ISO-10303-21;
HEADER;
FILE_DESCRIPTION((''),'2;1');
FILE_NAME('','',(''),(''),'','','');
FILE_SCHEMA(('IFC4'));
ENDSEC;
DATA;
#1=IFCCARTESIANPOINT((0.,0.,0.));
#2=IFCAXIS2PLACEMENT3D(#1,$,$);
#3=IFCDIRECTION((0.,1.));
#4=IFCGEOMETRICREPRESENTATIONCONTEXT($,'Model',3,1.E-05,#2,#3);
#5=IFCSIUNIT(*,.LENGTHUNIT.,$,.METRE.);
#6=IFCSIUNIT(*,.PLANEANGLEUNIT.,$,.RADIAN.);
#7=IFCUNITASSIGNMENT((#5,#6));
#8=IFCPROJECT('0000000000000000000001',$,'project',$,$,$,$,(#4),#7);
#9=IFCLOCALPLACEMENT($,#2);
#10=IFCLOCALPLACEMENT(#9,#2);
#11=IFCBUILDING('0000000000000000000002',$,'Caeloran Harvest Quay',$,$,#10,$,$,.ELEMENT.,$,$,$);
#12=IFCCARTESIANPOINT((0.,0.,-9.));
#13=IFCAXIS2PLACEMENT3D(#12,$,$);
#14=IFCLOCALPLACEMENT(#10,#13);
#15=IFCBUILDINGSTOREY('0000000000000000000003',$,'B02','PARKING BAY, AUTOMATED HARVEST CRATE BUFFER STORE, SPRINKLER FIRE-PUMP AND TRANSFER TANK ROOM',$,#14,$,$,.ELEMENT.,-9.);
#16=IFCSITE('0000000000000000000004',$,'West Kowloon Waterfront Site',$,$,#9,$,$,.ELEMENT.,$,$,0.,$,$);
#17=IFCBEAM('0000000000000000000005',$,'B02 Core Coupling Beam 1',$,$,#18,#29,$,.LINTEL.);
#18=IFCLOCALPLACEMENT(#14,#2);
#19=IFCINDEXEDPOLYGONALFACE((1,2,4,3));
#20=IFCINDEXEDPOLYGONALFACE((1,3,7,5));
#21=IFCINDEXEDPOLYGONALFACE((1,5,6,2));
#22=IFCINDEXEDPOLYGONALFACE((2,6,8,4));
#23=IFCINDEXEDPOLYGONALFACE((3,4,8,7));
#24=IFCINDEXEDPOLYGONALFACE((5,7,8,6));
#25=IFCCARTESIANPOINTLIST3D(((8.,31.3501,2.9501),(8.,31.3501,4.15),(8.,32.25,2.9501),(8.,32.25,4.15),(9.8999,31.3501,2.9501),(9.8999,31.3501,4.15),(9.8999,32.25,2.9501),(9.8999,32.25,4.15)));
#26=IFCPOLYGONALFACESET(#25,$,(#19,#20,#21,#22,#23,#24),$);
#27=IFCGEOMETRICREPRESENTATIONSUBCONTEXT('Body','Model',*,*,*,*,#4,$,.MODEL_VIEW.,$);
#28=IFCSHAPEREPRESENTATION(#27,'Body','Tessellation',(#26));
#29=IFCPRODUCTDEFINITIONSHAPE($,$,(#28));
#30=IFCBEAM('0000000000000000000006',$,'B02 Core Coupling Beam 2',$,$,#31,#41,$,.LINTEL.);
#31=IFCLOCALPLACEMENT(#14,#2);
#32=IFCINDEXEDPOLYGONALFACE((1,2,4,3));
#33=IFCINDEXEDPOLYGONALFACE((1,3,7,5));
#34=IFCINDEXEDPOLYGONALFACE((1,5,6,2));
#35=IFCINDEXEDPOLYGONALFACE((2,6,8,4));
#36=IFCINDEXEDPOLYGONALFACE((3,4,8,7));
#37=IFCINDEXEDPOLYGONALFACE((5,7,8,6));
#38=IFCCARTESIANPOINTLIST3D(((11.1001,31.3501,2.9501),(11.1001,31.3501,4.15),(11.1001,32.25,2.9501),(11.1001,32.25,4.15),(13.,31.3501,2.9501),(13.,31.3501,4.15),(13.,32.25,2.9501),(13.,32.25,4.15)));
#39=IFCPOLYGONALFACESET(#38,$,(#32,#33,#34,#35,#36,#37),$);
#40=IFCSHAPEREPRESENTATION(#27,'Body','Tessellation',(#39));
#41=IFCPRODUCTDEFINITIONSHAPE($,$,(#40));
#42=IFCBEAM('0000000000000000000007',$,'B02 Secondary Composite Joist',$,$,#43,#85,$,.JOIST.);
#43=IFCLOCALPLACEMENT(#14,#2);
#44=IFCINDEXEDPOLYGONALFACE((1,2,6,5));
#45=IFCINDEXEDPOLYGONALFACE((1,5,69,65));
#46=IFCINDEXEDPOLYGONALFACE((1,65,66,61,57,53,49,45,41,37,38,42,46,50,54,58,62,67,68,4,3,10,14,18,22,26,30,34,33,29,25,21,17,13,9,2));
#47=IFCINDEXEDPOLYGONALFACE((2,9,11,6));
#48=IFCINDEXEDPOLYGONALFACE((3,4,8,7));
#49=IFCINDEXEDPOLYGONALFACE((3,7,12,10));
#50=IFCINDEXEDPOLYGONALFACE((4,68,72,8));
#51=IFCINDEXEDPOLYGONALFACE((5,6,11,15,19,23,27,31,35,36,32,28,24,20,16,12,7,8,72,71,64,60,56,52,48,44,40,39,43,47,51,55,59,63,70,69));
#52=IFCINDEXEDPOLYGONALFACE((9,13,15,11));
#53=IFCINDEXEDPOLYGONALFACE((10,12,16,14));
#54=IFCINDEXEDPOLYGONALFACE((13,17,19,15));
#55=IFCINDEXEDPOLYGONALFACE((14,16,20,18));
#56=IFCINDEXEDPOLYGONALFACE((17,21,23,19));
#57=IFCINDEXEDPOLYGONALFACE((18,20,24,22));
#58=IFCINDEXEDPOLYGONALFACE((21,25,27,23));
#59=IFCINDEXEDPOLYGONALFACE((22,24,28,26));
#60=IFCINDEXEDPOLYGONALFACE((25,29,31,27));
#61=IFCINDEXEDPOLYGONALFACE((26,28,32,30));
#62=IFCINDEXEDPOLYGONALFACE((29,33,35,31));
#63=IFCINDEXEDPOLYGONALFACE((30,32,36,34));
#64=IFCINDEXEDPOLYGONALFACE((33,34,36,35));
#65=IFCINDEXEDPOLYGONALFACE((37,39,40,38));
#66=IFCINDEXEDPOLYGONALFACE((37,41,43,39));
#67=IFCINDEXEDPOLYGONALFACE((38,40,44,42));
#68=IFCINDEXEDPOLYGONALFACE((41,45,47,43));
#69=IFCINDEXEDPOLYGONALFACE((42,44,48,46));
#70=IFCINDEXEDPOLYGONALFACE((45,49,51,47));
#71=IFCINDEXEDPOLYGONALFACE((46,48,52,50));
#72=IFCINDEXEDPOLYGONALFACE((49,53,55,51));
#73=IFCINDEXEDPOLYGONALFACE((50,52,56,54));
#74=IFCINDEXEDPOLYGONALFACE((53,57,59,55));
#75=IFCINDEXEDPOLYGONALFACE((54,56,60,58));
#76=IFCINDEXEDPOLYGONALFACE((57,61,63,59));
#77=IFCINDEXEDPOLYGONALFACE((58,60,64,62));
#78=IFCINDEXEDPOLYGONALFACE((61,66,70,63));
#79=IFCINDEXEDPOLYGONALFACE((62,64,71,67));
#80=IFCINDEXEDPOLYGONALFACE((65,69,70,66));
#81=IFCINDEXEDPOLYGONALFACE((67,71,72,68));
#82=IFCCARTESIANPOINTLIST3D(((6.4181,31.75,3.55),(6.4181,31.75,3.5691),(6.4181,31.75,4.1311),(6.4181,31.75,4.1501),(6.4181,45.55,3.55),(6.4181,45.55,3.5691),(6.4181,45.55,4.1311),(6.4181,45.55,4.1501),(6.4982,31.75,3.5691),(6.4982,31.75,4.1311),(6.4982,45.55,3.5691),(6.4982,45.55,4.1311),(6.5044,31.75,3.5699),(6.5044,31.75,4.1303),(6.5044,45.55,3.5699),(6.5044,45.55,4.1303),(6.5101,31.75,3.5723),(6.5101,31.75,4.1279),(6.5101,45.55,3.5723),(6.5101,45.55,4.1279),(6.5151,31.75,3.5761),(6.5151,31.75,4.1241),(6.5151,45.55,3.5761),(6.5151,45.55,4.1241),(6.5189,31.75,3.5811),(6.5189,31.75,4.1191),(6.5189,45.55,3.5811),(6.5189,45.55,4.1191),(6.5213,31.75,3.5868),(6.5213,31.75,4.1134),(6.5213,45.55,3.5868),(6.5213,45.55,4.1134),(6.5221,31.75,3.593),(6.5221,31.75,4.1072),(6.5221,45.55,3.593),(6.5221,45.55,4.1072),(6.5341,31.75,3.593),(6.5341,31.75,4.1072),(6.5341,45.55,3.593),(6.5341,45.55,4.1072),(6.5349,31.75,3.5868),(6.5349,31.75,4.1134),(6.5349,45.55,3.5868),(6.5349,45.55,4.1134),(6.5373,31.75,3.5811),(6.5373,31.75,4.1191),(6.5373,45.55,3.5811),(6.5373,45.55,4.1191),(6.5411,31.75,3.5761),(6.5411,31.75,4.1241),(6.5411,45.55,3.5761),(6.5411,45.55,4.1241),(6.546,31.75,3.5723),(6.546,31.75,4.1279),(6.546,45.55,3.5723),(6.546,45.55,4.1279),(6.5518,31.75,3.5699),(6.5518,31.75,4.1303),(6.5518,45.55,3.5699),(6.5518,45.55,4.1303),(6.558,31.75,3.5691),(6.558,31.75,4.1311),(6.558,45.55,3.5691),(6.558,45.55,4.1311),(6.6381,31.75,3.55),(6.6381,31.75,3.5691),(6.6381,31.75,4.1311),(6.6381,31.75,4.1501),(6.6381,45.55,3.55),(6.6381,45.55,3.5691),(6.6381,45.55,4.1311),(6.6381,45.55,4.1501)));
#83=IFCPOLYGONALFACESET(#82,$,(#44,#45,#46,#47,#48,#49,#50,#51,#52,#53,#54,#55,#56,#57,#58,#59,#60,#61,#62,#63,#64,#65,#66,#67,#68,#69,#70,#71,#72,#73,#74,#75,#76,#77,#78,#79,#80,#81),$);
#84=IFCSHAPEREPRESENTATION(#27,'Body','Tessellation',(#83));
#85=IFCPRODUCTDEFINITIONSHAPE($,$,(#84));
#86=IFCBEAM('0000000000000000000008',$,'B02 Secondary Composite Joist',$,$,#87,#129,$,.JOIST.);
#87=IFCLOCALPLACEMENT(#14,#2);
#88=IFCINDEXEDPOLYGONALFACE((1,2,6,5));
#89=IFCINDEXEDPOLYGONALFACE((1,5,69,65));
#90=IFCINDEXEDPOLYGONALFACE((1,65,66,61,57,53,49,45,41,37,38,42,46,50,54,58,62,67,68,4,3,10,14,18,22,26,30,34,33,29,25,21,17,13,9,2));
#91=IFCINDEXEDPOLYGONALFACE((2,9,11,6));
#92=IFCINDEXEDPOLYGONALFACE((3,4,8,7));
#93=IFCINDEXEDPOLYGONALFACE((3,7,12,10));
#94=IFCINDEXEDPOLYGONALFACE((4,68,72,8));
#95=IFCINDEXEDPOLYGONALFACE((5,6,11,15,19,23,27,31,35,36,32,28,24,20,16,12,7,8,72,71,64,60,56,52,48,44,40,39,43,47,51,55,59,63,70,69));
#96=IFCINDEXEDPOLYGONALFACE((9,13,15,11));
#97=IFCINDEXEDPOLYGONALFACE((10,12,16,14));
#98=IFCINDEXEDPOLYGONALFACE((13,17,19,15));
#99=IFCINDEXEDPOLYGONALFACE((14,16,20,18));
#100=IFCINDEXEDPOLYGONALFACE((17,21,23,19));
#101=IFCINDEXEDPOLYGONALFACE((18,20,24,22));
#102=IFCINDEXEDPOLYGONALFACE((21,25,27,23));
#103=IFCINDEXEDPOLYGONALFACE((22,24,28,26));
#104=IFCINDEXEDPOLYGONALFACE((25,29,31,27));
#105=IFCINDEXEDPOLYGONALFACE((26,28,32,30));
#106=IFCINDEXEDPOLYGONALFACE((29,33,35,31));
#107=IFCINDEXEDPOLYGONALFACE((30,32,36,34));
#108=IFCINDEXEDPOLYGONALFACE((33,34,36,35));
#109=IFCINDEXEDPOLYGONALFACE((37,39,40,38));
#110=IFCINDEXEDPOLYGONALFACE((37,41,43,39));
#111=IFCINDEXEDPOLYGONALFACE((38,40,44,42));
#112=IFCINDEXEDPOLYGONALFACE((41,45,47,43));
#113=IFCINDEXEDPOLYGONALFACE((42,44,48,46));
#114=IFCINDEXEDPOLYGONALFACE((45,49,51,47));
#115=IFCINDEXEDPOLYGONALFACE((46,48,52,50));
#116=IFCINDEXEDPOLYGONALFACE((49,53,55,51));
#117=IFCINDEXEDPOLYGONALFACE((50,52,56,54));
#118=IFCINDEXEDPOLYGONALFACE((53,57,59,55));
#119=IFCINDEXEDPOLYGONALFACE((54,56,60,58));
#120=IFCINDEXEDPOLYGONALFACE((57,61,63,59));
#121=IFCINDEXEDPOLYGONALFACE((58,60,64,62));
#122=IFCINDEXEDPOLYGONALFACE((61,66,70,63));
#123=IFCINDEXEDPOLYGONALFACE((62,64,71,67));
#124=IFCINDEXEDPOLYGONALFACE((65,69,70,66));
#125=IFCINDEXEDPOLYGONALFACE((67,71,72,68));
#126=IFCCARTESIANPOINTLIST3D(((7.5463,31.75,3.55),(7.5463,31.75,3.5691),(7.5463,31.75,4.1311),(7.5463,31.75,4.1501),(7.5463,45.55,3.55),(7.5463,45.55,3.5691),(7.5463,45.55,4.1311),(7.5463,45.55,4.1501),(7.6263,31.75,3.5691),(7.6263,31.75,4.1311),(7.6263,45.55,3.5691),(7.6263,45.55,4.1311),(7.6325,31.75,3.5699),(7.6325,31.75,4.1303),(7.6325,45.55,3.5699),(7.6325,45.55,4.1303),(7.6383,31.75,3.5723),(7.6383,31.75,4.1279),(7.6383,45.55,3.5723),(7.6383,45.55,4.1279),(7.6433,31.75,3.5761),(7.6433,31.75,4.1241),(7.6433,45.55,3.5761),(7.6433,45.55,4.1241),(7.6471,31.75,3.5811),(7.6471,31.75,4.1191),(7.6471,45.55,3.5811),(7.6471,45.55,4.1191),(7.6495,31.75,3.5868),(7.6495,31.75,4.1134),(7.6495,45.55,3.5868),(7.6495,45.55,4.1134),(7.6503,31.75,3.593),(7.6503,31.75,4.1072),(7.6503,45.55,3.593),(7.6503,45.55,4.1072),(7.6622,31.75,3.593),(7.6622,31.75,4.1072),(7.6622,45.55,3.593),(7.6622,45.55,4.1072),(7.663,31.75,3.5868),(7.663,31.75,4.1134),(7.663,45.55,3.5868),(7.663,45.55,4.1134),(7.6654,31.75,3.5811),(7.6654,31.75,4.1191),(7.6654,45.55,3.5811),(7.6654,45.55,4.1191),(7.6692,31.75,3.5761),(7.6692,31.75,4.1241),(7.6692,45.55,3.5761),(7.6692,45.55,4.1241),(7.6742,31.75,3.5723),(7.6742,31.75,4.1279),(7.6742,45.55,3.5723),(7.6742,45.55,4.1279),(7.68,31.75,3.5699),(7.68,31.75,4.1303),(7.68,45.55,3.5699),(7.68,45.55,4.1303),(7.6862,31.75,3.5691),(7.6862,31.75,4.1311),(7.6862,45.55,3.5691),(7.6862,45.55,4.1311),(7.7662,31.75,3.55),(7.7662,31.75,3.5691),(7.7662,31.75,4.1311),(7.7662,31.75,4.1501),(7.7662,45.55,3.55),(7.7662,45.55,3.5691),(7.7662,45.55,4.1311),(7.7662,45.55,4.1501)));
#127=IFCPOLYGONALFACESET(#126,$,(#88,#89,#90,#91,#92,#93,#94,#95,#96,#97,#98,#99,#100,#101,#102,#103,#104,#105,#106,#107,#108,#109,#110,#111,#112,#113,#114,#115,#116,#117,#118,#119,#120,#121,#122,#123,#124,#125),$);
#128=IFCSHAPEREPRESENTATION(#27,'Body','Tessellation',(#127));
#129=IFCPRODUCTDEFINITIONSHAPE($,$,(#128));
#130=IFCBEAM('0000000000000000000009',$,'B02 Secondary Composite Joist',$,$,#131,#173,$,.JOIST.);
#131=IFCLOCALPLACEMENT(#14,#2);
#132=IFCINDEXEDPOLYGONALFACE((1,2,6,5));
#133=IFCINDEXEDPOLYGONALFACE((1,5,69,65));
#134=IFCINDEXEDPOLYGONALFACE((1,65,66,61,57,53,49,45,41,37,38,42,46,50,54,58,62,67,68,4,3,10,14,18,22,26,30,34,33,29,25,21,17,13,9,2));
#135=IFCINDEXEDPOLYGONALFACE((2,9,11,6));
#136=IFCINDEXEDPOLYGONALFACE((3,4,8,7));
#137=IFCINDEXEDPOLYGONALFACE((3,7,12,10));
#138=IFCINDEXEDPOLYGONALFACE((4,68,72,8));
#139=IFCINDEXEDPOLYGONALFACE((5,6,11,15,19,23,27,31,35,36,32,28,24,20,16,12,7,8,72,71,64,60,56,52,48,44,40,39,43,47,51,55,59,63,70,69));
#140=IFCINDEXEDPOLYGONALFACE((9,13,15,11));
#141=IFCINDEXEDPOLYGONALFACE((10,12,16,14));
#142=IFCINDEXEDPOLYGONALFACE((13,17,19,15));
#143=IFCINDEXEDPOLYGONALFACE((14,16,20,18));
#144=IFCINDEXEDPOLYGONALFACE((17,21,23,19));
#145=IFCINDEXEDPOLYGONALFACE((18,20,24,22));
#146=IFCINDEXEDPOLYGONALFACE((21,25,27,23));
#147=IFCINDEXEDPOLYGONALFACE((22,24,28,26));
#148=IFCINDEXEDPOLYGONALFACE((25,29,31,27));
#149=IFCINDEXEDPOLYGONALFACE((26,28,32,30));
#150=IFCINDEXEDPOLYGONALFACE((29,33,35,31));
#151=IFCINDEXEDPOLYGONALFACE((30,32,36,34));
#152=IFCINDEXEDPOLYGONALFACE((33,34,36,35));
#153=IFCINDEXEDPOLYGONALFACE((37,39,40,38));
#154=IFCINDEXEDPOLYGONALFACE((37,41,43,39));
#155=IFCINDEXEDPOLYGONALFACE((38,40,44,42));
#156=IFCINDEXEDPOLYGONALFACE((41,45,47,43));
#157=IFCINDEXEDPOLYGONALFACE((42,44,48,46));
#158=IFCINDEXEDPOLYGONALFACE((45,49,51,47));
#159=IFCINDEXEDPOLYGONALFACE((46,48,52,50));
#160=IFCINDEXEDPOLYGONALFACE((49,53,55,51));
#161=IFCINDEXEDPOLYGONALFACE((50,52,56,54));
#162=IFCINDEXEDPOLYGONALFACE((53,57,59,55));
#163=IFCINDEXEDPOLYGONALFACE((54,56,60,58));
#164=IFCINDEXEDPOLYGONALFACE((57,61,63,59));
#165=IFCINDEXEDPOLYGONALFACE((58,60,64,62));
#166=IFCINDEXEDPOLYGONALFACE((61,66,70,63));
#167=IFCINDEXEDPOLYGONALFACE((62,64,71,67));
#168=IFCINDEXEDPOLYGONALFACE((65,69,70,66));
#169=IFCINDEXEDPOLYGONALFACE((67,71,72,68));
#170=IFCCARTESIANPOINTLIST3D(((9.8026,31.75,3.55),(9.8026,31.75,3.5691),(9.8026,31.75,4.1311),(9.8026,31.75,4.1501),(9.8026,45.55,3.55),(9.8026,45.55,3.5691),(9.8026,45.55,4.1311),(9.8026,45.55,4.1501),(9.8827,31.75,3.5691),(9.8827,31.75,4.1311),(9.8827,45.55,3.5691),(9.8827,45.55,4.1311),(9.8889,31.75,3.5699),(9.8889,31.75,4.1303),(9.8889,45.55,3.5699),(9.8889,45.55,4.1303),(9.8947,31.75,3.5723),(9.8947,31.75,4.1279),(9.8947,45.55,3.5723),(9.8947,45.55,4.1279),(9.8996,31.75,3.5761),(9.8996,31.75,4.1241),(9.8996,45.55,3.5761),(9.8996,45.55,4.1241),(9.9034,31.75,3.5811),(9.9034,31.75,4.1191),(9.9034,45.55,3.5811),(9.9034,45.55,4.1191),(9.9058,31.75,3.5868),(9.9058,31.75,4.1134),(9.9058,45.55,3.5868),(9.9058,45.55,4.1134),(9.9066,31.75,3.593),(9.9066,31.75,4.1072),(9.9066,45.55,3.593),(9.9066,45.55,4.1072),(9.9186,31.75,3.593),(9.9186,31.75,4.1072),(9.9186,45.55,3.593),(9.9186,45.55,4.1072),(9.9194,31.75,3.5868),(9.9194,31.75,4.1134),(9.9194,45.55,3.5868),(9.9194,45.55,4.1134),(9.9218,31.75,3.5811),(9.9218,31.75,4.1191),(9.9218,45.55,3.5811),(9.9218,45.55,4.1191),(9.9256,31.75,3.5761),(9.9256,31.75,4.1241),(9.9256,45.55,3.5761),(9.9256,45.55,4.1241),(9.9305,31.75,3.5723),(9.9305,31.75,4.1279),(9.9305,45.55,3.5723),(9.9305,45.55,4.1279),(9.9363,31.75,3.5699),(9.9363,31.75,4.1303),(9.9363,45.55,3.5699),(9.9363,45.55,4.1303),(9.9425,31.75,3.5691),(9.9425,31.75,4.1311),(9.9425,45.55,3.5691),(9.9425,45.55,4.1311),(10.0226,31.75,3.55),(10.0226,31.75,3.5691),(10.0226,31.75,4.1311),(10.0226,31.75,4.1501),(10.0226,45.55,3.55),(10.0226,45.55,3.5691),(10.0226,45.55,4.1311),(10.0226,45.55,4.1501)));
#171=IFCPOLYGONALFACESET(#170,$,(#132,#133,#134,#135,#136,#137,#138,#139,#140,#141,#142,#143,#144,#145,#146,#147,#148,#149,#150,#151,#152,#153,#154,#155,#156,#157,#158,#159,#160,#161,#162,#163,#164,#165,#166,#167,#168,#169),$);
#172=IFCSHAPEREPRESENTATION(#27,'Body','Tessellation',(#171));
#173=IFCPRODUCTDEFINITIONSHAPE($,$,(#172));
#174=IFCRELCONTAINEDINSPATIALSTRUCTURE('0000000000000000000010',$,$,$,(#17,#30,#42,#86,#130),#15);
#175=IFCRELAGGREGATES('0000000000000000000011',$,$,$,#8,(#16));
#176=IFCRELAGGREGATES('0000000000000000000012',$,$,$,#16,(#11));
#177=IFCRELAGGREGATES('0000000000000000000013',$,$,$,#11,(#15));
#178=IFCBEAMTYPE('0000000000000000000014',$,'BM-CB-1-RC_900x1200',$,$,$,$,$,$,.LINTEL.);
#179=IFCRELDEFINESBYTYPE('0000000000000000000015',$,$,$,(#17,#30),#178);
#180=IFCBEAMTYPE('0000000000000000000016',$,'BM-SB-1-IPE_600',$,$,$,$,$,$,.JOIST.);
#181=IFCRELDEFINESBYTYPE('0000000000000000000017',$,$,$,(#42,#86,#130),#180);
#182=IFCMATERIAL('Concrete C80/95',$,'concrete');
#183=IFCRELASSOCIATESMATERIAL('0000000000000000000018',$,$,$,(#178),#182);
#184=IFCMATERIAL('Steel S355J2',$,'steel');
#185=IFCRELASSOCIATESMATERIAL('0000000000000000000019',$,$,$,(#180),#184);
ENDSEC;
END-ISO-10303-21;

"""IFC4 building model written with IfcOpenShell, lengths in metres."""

from ifc_helpers import new_model, si_unit, direction, frame, origin, origin_2d, place, context, subcontext, project, spatial, rectangle, i_section, extrude, material, material_profile, profile_set, type_object, element, save


model = new_model("IFC4")

# Units and contexts
model_context = context("Model", 3, precision=1e-05, world=origin(), true_north=direction((0.0, 1.0)))
body_context = subcontext(model_context, "Body", "Model", "MODEL_VIEW")
ifc_project = project(units=[si_unit("LENGTHUNIT", "METRE"), si_unit("PLANEANGLEUNIT", "RADIAN")], contexts=[model_context])

# Site, building, storey
site_placement = place(None, origin())
site = spatial("IfcSite", under=ifc_project, at=site_placement, Name="West Kowloon Waterfront Site", CompositionType="ELEMENT", RefElevation=0.0)
building_placement = place(site_placement, origin())
building = spatial("IfcBuilding", under=site, at=building_placement, Name="Caeloran Harvest Quay", CompositionType="ELEMENT")
storey_placement = place(building_placement, frame((0.0, 0.0, -9.0)))
storey = spatial("IfcBuildingStorey", under=building, at=storey_placement, Name="B02", Description="PARKING BAY, AUTOMATED HARVEST CRATE BUFFER STORE, SPRINKLER FIRE-PUMP AND TRANSFER TANK ROOM", CompositionType="ELEMENT", Elevation=-9.0)

# Beams
ifc_material_1 = material(Name="Concrete C80/95", Category="concrete")
ifc_material_profile_1 = material_profile(ifc_material_1, rectangle(XDim=0.8999, YDim=1.2, at=origin_2d()), Name="RC 900x1200")
ifc_profile_set_1 = profile_set([ifc_material_profile_1], Name="Concrete C80/95")
beam_type_1 = type_object("IfcBeamType", Name="BM-CB-1-RC_900x1200", PredefinedType="LINTEL", material=ifc_profile_set_1)
for number, where, z_axis, x_axis, name in (
    (1, (8.0, 31.8, 3.55), (1.0, 0.0, 0.0), (0.0, 1.0, 0.0), "B02 Core Coupling Beam 1"),
    (2, (11.1001, 31.8, 3.55), (1.0, 0.0, 0.0), (0.0, 1.0, 0.0), "B02 Core Coupling Beam 2"),
):
    element("IfcBeam", number, at=place(storey_placement, frame(where, z_axis=z_axis, x_axis=x_axis)), inside=storey, type_object=beam_type_1, Name=name, PredefinedType="LINTEL", context=body_context, shape_type="SweptSolid", body=[
        extrude(rectangle(XDim=0.8999, YDim=1.2, at=origin_2d()), origin(), (0.0, 0.0, 1.0), 1.8999),
    ])
ifc_material_2 = material(Name="Steel S355J2", Category="steel")
ifc_material_profile_2 = material_profile(ifc_material_2, i_section(OverallWidth=0.22, OverallDepth=0.6001, WebThickness=0.012, FlangeThickness=0.019, FilletRadius=0.0239, at=origin_2d()), Name="IPE 600")
ifc_profile_set_2 = profile_set([ifc_material_profile_2], Name="Steel S355J2")
beam_type_2 = type_object("IfcBeamType", Name="BM-SB-1-IPE_600", PredefinedType="JOIST", material=ifc_profile_set_2)
for number, where, z_axis, x_axis, name in (
    (3, (6.5281, 31.75, 3.8501), (0.0, 1.0, 0.0), (-1.0, 0.0, 0.0), "B02 Secondary Composite Joist"),
    (4, (7.6562, 31.75, 3.8501), (0.0, 1.0, 0.0), (-1.0, 0.0, 0.0), "B02 Secondary Composite Joist"),
    (5, (9.9126, 31.75, 3.8501), (0.0, 1.0, 0.0), (-1.0, 0.0, 0.0), "B02 Secondary Composite Joist"),
):
    element("IfcBeam", number, at=place(storey_placement, frame(where, z_axis=z_axis, x_axis=x_axis)), inside=storey, type_object=beam_type_2, Name=name, PredefinedType="JOIST", context=body_context, shape_type="SweptSolid", body=[
        extrude(i_section(OverallWidth=0.22, OverallDepth=0.6001, WebThickness=0.012, FlangeThickness=0.019, FilletRadius=0.0239, at=origin_2d()), origin(), (0.0, 0.0, 1.0), 13.8),
    ])

save(model, "model.ifc")
